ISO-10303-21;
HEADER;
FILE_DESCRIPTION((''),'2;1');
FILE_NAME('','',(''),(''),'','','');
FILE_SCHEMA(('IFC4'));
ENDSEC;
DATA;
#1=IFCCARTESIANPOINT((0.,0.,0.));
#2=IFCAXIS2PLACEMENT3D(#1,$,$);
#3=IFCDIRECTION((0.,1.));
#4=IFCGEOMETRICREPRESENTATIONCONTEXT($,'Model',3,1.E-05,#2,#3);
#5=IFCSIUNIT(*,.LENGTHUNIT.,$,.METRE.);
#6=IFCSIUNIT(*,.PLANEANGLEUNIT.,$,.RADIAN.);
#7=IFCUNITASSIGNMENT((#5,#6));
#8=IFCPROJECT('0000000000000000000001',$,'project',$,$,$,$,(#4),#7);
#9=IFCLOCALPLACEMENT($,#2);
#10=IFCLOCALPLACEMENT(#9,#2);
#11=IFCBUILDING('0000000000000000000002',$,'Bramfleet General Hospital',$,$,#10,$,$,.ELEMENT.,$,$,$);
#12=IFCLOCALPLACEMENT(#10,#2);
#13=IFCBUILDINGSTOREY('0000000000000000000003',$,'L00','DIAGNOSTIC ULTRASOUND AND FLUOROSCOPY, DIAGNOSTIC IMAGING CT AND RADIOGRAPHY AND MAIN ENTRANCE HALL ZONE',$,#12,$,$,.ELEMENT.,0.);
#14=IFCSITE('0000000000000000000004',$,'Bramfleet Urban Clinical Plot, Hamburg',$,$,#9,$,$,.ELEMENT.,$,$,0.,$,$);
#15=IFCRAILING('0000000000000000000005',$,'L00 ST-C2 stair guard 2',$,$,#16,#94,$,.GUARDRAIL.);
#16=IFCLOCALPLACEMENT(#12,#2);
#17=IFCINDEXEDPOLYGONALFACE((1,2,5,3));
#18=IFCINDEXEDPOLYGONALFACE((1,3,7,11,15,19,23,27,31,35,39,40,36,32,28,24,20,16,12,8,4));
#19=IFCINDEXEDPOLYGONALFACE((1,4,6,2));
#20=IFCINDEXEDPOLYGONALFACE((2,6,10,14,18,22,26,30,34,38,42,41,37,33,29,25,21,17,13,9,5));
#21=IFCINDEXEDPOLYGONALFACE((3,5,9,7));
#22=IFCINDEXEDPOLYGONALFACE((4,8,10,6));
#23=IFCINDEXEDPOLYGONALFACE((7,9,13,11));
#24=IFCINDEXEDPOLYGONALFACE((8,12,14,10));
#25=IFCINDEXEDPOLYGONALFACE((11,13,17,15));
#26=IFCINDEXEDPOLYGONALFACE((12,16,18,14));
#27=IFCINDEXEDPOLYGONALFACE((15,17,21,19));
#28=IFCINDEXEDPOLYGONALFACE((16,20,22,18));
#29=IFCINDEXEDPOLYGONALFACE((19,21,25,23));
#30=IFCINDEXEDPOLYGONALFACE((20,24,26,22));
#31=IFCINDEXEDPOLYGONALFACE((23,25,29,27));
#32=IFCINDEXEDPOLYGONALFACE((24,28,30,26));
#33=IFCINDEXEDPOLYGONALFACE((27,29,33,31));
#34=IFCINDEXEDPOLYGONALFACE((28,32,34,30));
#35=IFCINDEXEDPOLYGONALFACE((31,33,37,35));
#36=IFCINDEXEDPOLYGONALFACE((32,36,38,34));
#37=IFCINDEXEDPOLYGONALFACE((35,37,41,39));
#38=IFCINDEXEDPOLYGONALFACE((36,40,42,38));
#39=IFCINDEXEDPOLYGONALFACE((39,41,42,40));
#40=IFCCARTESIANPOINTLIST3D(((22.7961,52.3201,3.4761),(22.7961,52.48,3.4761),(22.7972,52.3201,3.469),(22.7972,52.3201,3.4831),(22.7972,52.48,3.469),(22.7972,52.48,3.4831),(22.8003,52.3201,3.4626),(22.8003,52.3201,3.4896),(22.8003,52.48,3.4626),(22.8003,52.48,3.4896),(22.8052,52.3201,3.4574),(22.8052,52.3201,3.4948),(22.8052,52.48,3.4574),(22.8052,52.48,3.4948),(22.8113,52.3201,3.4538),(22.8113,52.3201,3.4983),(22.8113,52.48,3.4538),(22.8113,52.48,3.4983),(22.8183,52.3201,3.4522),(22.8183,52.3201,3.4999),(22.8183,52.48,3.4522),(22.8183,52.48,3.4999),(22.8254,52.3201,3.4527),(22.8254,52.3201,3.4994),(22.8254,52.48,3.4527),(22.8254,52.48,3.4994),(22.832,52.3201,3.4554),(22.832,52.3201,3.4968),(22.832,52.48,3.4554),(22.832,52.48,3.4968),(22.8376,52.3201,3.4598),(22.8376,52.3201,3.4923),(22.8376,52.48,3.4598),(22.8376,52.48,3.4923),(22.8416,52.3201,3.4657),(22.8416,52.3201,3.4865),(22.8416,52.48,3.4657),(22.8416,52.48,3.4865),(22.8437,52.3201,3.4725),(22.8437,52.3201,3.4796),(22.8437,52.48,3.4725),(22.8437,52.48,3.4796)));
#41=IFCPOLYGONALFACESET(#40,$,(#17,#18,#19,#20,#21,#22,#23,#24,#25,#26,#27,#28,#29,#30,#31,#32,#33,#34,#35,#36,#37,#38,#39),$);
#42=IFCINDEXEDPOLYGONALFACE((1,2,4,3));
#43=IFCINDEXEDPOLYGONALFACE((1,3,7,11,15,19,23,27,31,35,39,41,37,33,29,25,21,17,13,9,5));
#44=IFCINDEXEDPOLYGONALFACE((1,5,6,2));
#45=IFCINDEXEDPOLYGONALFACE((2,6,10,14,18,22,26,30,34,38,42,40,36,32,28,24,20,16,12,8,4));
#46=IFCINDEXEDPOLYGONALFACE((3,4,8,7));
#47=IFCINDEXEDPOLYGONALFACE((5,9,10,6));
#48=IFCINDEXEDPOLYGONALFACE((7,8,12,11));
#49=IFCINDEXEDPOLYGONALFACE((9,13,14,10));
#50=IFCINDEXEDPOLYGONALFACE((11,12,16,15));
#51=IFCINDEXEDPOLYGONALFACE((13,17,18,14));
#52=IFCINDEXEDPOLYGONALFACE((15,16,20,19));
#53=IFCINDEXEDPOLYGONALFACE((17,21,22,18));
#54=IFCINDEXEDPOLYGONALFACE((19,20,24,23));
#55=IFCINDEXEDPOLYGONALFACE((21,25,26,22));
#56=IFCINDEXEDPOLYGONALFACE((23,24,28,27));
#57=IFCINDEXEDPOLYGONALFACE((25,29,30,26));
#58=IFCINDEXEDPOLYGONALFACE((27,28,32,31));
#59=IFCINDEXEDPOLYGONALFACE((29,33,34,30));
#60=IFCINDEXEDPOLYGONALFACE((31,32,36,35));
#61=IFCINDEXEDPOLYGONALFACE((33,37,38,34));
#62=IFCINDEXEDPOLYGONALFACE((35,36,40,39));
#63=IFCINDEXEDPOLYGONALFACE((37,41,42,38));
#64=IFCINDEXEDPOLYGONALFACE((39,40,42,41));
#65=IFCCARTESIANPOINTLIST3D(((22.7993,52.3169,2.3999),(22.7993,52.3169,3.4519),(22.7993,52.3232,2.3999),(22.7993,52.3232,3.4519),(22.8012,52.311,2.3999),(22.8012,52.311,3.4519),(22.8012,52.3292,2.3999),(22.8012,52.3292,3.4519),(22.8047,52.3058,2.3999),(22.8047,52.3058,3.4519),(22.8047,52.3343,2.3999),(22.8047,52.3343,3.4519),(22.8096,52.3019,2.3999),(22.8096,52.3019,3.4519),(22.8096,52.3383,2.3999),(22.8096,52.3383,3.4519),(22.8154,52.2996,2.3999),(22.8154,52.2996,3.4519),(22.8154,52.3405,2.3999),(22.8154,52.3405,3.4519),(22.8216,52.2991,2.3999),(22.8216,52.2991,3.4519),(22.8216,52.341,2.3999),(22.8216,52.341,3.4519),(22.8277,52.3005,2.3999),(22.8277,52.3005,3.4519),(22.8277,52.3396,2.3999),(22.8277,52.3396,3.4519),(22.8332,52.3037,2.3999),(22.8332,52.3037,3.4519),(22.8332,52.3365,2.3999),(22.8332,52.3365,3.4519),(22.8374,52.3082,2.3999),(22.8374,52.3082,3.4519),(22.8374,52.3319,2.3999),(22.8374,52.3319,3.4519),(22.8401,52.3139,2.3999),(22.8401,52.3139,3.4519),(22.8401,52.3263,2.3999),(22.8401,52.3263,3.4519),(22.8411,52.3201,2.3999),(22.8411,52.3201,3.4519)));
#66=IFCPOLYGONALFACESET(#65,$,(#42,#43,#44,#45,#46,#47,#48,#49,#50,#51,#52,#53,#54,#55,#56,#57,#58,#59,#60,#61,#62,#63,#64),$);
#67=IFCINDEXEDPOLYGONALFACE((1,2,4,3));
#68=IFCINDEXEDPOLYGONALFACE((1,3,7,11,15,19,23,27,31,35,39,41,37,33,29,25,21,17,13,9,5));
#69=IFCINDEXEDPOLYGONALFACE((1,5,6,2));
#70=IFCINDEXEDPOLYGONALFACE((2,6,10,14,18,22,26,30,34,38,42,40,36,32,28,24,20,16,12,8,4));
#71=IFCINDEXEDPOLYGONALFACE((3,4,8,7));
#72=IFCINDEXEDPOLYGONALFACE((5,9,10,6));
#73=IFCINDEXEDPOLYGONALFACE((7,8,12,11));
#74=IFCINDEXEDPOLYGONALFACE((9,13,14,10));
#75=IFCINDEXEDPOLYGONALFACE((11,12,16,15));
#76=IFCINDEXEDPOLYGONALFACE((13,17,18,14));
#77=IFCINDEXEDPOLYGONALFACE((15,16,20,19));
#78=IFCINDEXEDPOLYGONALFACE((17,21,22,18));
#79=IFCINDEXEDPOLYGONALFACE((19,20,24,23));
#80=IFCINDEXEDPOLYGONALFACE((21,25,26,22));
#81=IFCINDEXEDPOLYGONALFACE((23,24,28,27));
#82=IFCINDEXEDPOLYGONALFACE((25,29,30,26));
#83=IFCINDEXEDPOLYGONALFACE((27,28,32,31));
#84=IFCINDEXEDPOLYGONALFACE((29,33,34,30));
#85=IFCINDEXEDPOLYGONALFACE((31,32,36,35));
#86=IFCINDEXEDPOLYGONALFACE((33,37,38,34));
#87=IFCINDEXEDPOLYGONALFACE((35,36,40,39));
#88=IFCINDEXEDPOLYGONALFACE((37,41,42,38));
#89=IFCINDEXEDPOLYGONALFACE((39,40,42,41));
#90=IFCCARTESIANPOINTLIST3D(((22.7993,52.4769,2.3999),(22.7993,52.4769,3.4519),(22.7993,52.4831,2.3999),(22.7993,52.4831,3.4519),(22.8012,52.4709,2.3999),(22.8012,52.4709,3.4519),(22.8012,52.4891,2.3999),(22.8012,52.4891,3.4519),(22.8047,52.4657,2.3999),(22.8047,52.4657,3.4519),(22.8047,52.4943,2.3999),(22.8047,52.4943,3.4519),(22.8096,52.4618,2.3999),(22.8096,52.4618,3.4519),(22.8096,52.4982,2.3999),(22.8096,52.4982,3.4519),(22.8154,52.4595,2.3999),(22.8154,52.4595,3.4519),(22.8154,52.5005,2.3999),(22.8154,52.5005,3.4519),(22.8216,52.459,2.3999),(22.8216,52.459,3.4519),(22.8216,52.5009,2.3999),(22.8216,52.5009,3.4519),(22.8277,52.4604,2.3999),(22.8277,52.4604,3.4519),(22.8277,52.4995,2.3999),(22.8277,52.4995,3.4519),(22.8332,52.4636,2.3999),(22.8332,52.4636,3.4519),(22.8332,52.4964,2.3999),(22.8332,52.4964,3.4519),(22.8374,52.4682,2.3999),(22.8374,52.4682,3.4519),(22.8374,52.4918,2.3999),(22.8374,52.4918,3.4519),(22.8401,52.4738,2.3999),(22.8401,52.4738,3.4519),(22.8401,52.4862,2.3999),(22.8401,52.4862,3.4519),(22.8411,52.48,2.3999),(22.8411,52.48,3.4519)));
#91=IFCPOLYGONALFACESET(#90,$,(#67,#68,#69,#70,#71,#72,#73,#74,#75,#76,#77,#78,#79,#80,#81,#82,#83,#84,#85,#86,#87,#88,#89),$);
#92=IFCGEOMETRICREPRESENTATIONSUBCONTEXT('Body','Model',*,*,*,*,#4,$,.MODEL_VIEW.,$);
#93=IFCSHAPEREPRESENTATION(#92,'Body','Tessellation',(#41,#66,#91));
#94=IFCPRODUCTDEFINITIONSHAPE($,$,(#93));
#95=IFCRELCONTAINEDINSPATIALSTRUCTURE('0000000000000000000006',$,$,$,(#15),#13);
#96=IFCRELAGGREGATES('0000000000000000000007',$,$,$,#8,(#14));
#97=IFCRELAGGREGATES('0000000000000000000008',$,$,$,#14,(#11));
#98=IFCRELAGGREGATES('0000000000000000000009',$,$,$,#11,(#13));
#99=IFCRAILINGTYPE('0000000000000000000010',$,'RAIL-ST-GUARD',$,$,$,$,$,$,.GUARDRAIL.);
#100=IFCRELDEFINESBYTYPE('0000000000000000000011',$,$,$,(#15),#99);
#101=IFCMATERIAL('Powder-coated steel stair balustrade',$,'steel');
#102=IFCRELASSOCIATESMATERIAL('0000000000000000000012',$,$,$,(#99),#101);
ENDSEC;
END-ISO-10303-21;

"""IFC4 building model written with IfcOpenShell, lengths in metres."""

from ifc_helpers import new_model, si_unit, direction, frame, origin, origin_2d, place, context, subcontext, project, spatial, circle, extrude, material, type_object, element, save


model = new_model("IFC4")

# Units and contexts
model_context = context("Model", 3, precision=1e-05, world=origin(), true_north=direction((0.0, 1.0)))
body_context = subcontext(model_context, "Body", "Model", "MODEL_VIEW")
ifc_project = project(units=[si_unit("LENGTHUNIT", "METRE"), si_unit("PLANEANGLEUNIT", "RADIAN")], contexts=[model_context])

# Site, building, storey
site_placement = place(None, origin())
site = spatial("IfcSite", under=ifc_project, at=site_placement, Name="Bramfleet Urban Clinical Plot, Hamburg", CompositionType="ELEMENT", RefElevation=0.0)
building_placement = place(site_placement, origin())
building = spatial("IfcBuilding", under=site, at=building_placement, Name="Bramfleet General Hospital", CompositionType="ELEMENT")
storey_placement = place(building_placement, origin())
storey = spatial("IfcBuildingStorey", under=building, at=storey_placement, Name="L00", Description="DIAGNOSTIC ULTRASOUND AND FLUOROSCOPY, DIAGNOSTIC IMAGING CT AND RADIOGRAPHY AND MAIN ENTRANCE HALL ZONE", CompositionType="ELEMENT", Elevation=0.0)

# Railing
ifc_material_1 = material(Name="Powder-coated steel stair balustrade", Category="steel")
railing_type_1 = type_object("IfcRailingType", Name="RAIL-ST-GUARD", PredefinedType="GUARDRAIL", material=ifc_material_1)
railing_1_placement = place(storey_placement, frame((22.8201, 52.3201, 2.3999)))
element("IfcRailing", 1, at=railing_1_placement, inside=storey, type_object=railing_type_1, Name="L00 ST-C2 stair guard 2", PredefinedType="GUARDRAIL", context=body_context, shape_type="SweptSolid", body=[
    extrude(circle(Radius=0.0239, at=origin_2d()), frame((0.0, 0.0, 1.0762), z_axis=(0.0, 1.0, 0.0), x_axis=(-1.0, 0.0, 0.0)), (0.0, 0.0, 1.0), 0.1599),
    extrude(circle(Radius=0.021, at=origin_2d()), origin(), (0.0, 0.0, 1.0), 1.052),
    extrude(circle(Radius=0.021, at=origin_2d()), frame((0.0, 0.1599, 0.0)), (0.0, 0.0, 1.0), 1.052),
])

save(model, "model.ifc")
